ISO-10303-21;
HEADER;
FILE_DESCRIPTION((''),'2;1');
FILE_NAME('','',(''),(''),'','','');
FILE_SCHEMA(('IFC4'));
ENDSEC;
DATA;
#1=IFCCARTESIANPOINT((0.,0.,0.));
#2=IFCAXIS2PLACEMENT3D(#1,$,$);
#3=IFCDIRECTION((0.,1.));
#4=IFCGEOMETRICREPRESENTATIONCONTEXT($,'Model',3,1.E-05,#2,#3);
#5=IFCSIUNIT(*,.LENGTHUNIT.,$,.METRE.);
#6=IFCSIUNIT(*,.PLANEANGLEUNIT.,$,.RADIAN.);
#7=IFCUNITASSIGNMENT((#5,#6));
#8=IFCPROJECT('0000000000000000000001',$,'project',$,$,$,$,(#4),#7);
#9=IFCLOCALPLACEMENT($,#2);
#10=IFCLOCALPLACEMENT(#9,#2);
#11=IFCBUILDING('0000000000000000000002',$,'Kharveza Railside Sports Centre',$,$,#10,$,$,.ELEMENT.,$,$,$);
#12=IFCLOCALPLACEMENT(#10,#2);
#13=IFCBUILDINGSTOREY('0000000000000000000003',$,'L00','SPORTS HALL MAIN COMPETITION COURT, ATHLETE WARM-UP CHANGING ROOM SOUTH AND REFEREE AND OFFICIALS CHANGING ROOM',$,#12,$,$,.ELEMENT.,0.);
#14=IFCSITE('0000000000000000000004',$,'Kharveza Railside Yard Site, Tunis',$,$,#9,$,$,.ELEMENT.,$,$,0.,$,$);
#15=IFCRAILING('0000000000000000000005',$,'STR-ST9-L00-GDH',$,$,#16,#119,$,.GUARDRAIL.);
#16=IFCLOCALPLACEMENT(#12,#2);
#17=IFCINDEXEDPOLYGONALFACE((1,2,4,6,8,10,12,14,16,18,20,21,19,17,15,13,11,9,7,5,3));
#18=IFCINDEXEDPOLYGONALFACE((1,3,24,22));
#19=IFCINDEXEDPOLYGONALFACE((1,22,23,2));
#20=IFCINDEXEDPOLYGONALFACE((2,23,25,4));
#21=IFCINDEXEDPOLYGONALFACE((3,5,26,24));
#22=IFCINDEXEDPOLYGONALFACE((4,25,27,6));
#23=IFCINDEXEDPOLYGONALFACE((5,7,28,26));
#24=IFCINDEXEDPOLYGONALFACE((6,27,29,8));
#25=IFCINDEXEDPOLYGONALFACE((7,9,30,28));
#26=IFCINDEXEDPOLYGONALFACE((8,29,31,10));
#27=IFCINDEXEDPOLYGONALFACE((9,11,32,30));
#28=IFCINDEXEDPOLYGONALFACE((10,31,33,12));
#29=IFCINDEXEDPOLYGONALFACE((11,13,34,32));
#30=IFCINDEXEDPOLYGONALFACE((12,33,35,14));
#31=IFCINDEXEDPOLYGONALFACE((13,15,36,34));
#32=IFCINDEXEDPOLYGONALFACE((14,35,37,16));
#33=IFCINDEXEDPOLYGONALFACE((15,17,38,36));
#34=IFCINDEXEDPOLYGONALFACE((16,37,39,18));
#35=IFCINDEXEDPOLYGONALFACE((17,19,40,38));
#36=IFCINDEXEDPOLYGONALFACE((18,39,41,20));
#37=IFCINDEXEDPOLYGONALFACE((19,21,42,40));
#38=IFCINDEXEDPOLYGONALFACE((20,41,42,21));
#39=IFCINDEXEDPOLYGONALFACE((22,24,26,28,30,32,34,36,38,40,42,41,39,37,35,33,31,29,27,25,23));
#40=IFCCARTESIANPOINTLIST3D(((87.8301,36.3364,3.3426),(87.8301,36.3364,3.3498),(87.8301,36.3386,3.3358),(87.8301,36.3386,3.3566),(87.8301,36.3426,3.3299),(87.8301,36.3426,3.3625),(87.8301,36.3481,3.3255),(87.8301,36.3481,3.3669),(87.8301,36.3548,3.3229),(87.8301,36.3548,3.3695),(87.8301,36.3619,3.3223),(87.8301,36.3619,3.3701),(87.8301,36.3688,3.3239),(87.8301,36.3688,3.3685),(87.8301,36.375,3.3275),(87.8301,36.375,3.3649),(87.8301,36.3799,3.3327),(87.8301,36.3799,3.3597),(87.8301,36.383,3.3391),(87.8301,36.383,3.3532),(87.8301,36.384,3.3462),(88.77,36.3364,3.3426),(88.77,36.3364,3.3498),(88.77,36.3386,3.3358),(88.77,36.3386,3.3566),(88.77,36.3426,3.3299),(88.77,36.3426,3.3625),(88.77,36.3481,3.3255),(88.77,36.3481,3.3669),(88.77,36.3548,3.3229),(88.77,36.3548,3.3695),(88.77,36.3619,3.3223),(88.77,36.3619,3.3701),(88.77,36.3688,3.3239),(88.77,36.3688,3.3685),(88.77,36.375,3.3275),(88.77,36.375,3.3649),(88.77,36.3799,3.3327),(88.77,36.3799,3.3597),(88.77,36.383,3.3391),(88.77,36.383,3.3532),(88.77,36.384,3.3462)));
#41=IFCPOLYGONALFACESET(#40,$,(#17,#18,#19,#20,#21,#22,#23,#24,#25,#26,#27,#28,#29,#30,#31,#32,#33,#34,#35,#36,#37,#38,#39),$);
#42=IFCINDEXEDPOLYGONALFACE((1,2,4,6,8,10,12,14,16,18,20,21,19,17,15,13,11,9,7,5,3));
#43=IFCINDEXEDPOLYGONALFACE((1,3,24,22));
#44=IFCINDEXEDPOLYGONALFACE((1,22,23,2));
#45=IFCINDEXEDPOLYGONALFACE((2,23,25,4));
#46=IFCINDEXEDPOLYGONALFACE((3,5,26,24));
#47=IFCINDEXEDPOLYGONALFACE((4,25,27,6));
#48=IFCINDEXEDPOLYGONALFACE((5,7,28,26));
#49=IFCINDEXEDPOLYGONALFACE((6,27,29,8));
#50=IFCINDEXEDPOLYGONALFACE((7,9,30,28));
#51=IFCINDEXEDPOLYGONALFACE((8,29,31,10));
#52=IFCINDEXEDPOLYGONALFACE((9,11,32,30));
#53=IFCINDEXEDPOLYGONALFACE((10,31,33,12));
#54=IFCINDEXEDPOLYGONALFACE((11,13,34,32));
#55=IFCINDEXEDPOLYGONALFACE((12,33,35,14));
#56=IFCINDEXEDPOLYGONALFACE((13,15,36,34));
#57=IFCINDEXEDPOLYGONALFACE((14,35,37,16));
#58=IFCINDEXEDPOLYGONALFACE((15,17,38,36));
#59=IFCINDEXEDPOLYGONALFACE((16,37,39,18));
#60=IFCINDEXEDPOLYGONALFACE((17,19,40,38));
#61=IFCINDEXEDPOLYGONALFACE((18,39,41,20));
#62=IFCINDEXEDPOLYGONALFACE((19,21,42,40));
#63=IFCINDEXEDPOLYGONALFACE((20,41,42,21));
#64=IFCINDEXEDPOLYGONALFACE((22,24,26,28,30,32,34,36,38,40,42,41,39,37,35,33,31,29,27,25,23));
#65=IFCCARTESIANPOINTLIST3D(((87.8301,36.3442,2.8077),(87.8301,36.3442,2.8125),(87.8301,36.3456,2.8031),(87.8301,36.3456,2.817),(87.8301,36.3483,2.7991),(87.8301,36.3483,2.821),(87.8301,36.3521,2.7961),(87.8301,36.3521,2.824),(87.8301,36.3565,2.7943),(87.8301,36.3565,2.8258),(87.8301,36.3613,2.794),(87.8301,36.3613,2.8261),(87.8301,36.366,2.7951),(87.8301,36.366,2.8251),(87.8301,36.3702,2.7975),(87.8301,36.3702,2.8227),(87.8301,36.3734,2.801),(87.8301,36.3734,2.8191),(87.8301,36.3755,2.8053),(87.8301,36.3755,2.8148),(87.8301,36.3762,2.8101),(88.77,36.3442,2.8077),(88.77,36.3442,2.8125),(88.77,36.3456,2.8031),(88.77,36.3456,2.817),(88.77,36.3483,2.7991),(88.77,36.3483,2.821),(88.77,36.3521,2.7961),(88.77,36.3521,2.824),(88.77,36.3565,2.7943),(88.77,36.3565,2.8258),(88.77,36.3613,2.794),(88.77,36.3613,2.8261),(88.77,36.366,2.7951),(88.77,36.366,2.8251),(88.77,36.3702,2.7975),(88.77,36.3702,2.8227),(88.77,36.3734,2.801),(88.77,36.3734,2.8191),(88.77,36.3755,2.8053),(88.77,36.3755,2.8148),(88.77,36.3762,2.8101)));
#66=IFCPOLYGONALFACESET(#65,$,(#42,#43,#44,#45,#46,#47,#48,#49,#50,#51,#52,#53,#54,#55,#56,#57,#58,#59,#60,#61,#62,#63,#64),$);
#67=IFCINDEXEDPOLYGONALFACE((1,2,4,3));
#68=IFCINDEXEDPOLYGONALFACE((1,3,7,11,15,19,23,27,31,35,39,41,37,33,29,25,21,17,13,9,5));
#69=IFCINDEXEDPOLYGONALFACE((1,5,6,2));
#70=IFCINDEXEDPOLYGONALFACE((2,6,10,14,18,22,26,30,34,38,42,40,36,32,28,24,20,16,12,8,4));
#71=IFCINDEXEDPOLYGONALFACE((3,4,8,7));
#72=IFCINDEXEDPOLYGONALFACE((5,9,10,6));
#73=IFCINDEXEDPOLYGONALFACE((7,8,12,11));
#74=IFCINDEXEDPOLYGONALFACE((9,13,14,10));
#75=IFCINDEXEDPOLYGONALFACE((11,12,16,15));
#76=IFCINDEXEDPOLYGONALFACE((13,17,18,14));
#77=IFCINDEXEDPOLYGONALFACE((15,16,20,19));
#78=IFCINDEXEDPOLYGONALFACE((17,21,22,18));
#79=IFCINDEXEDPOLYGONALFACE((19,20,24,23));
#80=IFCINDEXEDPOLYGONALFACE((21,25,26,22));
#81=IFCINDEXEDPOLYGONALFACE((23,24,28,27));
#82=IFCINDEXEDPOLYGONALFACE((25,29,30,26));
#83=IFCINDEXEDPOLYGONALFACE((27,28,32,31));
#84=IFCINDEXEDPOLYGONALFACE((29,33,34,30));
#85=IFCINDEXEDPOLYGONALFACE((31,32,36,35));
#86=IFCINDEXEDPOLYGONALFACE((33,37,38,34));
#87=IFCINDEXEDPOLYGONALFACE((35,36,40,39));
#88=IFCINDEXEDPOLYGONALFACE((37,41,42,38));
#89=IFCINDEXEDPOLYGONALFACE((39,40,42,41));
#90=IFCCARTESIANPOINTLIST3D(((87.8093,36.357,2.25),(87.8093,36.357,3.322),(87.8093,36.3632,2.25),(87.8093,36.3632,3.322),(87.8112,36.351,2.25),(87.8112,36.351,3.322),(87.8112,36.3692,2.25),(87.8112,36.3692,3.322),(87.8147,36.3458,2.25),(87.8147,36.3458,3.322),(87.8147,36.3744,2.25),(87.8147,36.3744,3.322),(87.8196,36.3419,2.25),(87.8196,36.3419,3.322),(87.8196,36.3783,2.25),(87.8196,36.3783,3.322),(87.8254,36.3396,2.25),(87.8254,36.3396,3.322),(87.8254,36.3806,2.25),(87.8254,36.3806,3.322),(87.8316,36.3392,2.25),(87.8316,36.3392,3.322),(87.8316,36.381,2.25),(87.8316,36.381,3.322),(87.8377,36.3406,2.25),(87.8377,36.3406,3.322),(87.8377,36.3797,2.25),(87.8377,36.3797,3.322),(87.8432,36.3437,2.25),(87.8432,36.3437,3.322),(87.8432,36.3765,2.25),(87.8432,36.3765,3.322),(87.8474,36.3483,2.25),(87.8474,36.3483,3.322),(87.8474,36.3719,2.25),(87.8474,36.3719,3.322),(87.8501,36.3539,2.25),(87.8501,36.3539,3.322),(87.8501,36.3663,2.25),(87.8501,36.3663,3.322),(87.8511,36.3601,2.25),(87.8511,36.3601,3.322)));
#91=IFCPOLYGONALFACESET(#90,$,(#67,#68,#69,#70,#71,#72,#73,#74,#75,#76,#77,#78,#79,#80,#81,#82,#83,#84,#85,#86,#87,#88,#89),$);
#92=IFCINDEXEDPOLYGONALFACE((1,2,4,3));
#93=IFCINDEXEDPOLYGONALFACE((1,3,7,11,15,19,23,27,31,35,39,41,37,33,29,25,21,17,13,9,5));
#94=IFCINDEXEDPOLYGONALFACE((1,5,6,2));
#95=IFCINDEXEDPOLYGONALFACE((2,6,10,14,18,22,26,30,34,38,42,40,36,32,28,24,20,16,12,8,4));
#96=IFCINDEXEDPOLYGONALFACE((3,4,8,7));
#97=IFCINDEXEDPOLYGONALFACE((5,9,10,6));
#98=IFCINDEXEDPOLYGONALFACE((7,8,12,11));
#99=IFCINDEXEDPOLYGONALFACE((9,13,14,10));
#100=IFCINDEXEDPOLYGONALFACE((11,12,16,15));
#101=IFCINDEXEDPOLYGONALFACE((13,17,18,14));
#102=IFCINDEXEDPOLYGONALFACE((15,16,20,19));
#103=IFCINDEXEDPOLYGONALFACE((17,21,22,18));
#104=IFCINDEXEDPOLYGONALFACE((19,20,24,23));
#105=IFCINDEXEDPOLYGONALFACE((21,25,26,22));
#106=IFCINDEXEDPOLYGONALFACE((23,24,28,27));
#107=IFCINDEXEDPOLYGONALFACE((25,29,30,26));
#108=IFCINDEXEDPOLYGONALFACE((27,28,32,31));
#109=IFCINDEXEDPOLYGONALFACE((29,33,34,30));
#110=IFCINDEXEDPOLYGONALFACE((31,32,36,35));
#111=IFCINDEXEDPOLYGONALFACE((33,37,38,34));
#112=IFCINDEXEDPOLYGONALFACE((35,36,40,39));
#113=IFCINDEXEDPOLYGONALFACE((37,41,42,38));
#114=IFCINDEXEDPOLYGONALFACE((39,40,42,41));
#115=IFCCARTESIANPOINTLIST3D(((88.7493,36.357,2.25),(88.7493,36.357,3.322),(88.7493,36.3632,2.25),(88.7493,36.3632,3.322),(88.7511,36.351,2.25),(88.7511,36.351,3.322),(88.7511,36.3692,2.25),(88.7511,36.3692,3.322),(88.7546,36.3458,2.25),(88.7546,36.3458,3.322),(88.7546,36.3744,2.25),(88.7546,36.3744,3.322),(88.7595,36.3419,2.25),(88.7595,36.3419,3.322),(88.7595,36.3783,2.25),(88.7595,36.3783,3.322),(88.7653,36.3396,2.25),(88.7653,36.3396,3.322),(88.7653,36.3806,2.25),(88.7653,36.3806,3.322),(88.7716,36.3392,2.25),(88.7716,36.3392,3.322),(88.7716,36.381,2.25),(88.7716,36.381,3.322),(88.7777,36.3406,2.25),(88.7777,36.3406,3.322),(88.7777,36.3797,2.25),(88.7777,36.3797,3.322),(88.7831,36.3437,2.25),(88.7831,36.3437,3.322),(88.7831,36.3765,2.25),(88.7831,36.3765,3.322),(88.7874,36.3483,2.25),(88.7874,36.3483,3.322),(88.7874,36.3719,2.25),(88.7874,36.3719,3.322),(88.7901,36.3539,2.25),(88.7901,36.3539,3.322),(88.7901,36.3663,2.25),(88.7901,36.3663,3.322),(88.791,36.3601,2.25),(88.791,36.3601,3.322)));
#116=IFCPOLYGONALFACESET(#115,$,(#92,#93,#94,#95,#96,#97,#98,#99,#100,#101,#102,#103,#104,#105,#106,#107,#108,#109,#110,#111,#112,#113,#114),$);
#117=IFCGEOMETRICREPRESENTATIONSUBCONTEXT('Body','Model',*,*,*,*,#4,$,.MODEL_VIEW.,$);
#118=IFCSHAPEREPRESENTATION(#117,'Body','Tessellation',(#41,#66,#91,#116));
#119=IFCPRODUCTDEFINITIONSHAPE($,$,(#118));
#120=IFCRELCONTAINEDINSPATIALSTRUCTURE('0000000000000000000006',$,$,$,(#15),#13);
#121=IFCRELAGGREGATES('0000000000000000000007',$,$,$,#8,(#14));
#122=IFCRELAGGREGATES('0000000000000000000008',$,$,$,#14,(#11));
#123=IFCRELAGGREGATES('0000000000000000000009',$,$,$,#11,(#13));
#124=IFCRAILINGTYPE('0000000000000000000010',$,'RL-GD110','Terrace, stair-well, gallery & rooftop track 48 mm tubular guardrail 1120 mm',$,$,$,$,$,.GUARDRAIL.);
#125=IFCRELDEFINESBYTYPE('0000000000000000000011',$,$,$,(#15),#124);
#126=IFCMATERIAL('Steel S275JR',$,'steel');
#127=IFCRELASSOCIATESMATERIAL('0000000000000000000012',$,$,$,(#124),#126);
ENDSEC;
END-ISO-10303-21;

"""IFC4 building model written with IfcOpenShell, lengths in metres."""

from ifc_helpers import new_model, si_unit, direction, frame, origin, origin_2d, place, context, subcontext, project, spatial, circle, extrude, material, type_object, element, save


model = new_model("IFC4")

# Units and contexts
model_context = context("Model", 3, precision=1e-05, world=origin(), true_north=direction((0.0, 1.0)))
body_context = subcontext(model_context, "Body", "Model", "MODEL_VIEW")
ifc_project = project(units=[si_unit("LENGTHUNIT", "METRE"), si_unit("PLANEANGLEUNIT", "RADIAN")], contexts=[model_context])

# Site, building, storey
site_placement = place(None, origin())
site = spatial("IfcSite", under=ifc_project, at=site_placement, Name="Kharveza Railside Yard Site, Tunis", CompositionType="ELEMENT", RefElevation=0.0)
building_placement = place(site_placement, origin())
building = spatial("IfcBuilding", under=site, at=building_placement, Name="Kharveza Railside Sports Centre", CompositionType="ELEMENT")
storey_placement = place(building_placement, origin())
storey = spatial("IfcBuildingStorey", under=building, at=storey_placement, Name="L00", Description="SPORTS HALL MAIN COMPETITION COURT, ATHLETE WARM-UP CHANGING ROOM SOUTH AND REFEREE AND OFFICIALS CHANGING ROOM", CompositionType="ELEMENT", Elevation=0.0)

# Railing
ifc_material_1 = material(Name="Steel S275JR", Category="steel")
railing_type_1 = type_object("IfcRailingType", Name="RL-GD110", Description="Terrace, stair-well, gallery & rooftop track 48 mm tubular guardrail 1120 mm", PredefinedType="GUARDRAIL", material=ifc_material_1)
railing_1_placement = place(storey_placement, frame((87.8301, 36.3601, 2.25)))
element("IfcRailing", 1, at=railing_1_placement, inside=storey, type_object=railing_type_1, Name="STR-ST9-L00-GDH", PredefinedType="GUARDRAIL", context=body_context, shape_type="SweptSolid", body=[
    extrude(circle(Radius=0.0239, at=origin_2d()), frame((0.0, 0.0, 1.0962), z_axis=(1.0, 0.0, 0.0), x_axis=(0.0, 1.0, 0.0)), (0.0, 0.0, 1.0), 0.9399),
    extrude(circle(Radius=0.0161, at=origin_2d()), frame((0.0, 0.0, 0.5601), z_axis=(1.0, 0.0, 0.0), x_axis=(0.0, 1.0, 0.0)), (0.0, 0.0, 1.0), 0.9399),
    extrude(circle(Radius=0.021, at=origin_2d()), origin(), (0.0, 0.0, 1.0), 1.072),
    extrude(circle(Radius=0.021, at=origin_2d()), frame((0.9399, 0.0, 0.0)), (0.0, 0.0, 1.0), 1.072),
])

save(model, "model.ifc")
